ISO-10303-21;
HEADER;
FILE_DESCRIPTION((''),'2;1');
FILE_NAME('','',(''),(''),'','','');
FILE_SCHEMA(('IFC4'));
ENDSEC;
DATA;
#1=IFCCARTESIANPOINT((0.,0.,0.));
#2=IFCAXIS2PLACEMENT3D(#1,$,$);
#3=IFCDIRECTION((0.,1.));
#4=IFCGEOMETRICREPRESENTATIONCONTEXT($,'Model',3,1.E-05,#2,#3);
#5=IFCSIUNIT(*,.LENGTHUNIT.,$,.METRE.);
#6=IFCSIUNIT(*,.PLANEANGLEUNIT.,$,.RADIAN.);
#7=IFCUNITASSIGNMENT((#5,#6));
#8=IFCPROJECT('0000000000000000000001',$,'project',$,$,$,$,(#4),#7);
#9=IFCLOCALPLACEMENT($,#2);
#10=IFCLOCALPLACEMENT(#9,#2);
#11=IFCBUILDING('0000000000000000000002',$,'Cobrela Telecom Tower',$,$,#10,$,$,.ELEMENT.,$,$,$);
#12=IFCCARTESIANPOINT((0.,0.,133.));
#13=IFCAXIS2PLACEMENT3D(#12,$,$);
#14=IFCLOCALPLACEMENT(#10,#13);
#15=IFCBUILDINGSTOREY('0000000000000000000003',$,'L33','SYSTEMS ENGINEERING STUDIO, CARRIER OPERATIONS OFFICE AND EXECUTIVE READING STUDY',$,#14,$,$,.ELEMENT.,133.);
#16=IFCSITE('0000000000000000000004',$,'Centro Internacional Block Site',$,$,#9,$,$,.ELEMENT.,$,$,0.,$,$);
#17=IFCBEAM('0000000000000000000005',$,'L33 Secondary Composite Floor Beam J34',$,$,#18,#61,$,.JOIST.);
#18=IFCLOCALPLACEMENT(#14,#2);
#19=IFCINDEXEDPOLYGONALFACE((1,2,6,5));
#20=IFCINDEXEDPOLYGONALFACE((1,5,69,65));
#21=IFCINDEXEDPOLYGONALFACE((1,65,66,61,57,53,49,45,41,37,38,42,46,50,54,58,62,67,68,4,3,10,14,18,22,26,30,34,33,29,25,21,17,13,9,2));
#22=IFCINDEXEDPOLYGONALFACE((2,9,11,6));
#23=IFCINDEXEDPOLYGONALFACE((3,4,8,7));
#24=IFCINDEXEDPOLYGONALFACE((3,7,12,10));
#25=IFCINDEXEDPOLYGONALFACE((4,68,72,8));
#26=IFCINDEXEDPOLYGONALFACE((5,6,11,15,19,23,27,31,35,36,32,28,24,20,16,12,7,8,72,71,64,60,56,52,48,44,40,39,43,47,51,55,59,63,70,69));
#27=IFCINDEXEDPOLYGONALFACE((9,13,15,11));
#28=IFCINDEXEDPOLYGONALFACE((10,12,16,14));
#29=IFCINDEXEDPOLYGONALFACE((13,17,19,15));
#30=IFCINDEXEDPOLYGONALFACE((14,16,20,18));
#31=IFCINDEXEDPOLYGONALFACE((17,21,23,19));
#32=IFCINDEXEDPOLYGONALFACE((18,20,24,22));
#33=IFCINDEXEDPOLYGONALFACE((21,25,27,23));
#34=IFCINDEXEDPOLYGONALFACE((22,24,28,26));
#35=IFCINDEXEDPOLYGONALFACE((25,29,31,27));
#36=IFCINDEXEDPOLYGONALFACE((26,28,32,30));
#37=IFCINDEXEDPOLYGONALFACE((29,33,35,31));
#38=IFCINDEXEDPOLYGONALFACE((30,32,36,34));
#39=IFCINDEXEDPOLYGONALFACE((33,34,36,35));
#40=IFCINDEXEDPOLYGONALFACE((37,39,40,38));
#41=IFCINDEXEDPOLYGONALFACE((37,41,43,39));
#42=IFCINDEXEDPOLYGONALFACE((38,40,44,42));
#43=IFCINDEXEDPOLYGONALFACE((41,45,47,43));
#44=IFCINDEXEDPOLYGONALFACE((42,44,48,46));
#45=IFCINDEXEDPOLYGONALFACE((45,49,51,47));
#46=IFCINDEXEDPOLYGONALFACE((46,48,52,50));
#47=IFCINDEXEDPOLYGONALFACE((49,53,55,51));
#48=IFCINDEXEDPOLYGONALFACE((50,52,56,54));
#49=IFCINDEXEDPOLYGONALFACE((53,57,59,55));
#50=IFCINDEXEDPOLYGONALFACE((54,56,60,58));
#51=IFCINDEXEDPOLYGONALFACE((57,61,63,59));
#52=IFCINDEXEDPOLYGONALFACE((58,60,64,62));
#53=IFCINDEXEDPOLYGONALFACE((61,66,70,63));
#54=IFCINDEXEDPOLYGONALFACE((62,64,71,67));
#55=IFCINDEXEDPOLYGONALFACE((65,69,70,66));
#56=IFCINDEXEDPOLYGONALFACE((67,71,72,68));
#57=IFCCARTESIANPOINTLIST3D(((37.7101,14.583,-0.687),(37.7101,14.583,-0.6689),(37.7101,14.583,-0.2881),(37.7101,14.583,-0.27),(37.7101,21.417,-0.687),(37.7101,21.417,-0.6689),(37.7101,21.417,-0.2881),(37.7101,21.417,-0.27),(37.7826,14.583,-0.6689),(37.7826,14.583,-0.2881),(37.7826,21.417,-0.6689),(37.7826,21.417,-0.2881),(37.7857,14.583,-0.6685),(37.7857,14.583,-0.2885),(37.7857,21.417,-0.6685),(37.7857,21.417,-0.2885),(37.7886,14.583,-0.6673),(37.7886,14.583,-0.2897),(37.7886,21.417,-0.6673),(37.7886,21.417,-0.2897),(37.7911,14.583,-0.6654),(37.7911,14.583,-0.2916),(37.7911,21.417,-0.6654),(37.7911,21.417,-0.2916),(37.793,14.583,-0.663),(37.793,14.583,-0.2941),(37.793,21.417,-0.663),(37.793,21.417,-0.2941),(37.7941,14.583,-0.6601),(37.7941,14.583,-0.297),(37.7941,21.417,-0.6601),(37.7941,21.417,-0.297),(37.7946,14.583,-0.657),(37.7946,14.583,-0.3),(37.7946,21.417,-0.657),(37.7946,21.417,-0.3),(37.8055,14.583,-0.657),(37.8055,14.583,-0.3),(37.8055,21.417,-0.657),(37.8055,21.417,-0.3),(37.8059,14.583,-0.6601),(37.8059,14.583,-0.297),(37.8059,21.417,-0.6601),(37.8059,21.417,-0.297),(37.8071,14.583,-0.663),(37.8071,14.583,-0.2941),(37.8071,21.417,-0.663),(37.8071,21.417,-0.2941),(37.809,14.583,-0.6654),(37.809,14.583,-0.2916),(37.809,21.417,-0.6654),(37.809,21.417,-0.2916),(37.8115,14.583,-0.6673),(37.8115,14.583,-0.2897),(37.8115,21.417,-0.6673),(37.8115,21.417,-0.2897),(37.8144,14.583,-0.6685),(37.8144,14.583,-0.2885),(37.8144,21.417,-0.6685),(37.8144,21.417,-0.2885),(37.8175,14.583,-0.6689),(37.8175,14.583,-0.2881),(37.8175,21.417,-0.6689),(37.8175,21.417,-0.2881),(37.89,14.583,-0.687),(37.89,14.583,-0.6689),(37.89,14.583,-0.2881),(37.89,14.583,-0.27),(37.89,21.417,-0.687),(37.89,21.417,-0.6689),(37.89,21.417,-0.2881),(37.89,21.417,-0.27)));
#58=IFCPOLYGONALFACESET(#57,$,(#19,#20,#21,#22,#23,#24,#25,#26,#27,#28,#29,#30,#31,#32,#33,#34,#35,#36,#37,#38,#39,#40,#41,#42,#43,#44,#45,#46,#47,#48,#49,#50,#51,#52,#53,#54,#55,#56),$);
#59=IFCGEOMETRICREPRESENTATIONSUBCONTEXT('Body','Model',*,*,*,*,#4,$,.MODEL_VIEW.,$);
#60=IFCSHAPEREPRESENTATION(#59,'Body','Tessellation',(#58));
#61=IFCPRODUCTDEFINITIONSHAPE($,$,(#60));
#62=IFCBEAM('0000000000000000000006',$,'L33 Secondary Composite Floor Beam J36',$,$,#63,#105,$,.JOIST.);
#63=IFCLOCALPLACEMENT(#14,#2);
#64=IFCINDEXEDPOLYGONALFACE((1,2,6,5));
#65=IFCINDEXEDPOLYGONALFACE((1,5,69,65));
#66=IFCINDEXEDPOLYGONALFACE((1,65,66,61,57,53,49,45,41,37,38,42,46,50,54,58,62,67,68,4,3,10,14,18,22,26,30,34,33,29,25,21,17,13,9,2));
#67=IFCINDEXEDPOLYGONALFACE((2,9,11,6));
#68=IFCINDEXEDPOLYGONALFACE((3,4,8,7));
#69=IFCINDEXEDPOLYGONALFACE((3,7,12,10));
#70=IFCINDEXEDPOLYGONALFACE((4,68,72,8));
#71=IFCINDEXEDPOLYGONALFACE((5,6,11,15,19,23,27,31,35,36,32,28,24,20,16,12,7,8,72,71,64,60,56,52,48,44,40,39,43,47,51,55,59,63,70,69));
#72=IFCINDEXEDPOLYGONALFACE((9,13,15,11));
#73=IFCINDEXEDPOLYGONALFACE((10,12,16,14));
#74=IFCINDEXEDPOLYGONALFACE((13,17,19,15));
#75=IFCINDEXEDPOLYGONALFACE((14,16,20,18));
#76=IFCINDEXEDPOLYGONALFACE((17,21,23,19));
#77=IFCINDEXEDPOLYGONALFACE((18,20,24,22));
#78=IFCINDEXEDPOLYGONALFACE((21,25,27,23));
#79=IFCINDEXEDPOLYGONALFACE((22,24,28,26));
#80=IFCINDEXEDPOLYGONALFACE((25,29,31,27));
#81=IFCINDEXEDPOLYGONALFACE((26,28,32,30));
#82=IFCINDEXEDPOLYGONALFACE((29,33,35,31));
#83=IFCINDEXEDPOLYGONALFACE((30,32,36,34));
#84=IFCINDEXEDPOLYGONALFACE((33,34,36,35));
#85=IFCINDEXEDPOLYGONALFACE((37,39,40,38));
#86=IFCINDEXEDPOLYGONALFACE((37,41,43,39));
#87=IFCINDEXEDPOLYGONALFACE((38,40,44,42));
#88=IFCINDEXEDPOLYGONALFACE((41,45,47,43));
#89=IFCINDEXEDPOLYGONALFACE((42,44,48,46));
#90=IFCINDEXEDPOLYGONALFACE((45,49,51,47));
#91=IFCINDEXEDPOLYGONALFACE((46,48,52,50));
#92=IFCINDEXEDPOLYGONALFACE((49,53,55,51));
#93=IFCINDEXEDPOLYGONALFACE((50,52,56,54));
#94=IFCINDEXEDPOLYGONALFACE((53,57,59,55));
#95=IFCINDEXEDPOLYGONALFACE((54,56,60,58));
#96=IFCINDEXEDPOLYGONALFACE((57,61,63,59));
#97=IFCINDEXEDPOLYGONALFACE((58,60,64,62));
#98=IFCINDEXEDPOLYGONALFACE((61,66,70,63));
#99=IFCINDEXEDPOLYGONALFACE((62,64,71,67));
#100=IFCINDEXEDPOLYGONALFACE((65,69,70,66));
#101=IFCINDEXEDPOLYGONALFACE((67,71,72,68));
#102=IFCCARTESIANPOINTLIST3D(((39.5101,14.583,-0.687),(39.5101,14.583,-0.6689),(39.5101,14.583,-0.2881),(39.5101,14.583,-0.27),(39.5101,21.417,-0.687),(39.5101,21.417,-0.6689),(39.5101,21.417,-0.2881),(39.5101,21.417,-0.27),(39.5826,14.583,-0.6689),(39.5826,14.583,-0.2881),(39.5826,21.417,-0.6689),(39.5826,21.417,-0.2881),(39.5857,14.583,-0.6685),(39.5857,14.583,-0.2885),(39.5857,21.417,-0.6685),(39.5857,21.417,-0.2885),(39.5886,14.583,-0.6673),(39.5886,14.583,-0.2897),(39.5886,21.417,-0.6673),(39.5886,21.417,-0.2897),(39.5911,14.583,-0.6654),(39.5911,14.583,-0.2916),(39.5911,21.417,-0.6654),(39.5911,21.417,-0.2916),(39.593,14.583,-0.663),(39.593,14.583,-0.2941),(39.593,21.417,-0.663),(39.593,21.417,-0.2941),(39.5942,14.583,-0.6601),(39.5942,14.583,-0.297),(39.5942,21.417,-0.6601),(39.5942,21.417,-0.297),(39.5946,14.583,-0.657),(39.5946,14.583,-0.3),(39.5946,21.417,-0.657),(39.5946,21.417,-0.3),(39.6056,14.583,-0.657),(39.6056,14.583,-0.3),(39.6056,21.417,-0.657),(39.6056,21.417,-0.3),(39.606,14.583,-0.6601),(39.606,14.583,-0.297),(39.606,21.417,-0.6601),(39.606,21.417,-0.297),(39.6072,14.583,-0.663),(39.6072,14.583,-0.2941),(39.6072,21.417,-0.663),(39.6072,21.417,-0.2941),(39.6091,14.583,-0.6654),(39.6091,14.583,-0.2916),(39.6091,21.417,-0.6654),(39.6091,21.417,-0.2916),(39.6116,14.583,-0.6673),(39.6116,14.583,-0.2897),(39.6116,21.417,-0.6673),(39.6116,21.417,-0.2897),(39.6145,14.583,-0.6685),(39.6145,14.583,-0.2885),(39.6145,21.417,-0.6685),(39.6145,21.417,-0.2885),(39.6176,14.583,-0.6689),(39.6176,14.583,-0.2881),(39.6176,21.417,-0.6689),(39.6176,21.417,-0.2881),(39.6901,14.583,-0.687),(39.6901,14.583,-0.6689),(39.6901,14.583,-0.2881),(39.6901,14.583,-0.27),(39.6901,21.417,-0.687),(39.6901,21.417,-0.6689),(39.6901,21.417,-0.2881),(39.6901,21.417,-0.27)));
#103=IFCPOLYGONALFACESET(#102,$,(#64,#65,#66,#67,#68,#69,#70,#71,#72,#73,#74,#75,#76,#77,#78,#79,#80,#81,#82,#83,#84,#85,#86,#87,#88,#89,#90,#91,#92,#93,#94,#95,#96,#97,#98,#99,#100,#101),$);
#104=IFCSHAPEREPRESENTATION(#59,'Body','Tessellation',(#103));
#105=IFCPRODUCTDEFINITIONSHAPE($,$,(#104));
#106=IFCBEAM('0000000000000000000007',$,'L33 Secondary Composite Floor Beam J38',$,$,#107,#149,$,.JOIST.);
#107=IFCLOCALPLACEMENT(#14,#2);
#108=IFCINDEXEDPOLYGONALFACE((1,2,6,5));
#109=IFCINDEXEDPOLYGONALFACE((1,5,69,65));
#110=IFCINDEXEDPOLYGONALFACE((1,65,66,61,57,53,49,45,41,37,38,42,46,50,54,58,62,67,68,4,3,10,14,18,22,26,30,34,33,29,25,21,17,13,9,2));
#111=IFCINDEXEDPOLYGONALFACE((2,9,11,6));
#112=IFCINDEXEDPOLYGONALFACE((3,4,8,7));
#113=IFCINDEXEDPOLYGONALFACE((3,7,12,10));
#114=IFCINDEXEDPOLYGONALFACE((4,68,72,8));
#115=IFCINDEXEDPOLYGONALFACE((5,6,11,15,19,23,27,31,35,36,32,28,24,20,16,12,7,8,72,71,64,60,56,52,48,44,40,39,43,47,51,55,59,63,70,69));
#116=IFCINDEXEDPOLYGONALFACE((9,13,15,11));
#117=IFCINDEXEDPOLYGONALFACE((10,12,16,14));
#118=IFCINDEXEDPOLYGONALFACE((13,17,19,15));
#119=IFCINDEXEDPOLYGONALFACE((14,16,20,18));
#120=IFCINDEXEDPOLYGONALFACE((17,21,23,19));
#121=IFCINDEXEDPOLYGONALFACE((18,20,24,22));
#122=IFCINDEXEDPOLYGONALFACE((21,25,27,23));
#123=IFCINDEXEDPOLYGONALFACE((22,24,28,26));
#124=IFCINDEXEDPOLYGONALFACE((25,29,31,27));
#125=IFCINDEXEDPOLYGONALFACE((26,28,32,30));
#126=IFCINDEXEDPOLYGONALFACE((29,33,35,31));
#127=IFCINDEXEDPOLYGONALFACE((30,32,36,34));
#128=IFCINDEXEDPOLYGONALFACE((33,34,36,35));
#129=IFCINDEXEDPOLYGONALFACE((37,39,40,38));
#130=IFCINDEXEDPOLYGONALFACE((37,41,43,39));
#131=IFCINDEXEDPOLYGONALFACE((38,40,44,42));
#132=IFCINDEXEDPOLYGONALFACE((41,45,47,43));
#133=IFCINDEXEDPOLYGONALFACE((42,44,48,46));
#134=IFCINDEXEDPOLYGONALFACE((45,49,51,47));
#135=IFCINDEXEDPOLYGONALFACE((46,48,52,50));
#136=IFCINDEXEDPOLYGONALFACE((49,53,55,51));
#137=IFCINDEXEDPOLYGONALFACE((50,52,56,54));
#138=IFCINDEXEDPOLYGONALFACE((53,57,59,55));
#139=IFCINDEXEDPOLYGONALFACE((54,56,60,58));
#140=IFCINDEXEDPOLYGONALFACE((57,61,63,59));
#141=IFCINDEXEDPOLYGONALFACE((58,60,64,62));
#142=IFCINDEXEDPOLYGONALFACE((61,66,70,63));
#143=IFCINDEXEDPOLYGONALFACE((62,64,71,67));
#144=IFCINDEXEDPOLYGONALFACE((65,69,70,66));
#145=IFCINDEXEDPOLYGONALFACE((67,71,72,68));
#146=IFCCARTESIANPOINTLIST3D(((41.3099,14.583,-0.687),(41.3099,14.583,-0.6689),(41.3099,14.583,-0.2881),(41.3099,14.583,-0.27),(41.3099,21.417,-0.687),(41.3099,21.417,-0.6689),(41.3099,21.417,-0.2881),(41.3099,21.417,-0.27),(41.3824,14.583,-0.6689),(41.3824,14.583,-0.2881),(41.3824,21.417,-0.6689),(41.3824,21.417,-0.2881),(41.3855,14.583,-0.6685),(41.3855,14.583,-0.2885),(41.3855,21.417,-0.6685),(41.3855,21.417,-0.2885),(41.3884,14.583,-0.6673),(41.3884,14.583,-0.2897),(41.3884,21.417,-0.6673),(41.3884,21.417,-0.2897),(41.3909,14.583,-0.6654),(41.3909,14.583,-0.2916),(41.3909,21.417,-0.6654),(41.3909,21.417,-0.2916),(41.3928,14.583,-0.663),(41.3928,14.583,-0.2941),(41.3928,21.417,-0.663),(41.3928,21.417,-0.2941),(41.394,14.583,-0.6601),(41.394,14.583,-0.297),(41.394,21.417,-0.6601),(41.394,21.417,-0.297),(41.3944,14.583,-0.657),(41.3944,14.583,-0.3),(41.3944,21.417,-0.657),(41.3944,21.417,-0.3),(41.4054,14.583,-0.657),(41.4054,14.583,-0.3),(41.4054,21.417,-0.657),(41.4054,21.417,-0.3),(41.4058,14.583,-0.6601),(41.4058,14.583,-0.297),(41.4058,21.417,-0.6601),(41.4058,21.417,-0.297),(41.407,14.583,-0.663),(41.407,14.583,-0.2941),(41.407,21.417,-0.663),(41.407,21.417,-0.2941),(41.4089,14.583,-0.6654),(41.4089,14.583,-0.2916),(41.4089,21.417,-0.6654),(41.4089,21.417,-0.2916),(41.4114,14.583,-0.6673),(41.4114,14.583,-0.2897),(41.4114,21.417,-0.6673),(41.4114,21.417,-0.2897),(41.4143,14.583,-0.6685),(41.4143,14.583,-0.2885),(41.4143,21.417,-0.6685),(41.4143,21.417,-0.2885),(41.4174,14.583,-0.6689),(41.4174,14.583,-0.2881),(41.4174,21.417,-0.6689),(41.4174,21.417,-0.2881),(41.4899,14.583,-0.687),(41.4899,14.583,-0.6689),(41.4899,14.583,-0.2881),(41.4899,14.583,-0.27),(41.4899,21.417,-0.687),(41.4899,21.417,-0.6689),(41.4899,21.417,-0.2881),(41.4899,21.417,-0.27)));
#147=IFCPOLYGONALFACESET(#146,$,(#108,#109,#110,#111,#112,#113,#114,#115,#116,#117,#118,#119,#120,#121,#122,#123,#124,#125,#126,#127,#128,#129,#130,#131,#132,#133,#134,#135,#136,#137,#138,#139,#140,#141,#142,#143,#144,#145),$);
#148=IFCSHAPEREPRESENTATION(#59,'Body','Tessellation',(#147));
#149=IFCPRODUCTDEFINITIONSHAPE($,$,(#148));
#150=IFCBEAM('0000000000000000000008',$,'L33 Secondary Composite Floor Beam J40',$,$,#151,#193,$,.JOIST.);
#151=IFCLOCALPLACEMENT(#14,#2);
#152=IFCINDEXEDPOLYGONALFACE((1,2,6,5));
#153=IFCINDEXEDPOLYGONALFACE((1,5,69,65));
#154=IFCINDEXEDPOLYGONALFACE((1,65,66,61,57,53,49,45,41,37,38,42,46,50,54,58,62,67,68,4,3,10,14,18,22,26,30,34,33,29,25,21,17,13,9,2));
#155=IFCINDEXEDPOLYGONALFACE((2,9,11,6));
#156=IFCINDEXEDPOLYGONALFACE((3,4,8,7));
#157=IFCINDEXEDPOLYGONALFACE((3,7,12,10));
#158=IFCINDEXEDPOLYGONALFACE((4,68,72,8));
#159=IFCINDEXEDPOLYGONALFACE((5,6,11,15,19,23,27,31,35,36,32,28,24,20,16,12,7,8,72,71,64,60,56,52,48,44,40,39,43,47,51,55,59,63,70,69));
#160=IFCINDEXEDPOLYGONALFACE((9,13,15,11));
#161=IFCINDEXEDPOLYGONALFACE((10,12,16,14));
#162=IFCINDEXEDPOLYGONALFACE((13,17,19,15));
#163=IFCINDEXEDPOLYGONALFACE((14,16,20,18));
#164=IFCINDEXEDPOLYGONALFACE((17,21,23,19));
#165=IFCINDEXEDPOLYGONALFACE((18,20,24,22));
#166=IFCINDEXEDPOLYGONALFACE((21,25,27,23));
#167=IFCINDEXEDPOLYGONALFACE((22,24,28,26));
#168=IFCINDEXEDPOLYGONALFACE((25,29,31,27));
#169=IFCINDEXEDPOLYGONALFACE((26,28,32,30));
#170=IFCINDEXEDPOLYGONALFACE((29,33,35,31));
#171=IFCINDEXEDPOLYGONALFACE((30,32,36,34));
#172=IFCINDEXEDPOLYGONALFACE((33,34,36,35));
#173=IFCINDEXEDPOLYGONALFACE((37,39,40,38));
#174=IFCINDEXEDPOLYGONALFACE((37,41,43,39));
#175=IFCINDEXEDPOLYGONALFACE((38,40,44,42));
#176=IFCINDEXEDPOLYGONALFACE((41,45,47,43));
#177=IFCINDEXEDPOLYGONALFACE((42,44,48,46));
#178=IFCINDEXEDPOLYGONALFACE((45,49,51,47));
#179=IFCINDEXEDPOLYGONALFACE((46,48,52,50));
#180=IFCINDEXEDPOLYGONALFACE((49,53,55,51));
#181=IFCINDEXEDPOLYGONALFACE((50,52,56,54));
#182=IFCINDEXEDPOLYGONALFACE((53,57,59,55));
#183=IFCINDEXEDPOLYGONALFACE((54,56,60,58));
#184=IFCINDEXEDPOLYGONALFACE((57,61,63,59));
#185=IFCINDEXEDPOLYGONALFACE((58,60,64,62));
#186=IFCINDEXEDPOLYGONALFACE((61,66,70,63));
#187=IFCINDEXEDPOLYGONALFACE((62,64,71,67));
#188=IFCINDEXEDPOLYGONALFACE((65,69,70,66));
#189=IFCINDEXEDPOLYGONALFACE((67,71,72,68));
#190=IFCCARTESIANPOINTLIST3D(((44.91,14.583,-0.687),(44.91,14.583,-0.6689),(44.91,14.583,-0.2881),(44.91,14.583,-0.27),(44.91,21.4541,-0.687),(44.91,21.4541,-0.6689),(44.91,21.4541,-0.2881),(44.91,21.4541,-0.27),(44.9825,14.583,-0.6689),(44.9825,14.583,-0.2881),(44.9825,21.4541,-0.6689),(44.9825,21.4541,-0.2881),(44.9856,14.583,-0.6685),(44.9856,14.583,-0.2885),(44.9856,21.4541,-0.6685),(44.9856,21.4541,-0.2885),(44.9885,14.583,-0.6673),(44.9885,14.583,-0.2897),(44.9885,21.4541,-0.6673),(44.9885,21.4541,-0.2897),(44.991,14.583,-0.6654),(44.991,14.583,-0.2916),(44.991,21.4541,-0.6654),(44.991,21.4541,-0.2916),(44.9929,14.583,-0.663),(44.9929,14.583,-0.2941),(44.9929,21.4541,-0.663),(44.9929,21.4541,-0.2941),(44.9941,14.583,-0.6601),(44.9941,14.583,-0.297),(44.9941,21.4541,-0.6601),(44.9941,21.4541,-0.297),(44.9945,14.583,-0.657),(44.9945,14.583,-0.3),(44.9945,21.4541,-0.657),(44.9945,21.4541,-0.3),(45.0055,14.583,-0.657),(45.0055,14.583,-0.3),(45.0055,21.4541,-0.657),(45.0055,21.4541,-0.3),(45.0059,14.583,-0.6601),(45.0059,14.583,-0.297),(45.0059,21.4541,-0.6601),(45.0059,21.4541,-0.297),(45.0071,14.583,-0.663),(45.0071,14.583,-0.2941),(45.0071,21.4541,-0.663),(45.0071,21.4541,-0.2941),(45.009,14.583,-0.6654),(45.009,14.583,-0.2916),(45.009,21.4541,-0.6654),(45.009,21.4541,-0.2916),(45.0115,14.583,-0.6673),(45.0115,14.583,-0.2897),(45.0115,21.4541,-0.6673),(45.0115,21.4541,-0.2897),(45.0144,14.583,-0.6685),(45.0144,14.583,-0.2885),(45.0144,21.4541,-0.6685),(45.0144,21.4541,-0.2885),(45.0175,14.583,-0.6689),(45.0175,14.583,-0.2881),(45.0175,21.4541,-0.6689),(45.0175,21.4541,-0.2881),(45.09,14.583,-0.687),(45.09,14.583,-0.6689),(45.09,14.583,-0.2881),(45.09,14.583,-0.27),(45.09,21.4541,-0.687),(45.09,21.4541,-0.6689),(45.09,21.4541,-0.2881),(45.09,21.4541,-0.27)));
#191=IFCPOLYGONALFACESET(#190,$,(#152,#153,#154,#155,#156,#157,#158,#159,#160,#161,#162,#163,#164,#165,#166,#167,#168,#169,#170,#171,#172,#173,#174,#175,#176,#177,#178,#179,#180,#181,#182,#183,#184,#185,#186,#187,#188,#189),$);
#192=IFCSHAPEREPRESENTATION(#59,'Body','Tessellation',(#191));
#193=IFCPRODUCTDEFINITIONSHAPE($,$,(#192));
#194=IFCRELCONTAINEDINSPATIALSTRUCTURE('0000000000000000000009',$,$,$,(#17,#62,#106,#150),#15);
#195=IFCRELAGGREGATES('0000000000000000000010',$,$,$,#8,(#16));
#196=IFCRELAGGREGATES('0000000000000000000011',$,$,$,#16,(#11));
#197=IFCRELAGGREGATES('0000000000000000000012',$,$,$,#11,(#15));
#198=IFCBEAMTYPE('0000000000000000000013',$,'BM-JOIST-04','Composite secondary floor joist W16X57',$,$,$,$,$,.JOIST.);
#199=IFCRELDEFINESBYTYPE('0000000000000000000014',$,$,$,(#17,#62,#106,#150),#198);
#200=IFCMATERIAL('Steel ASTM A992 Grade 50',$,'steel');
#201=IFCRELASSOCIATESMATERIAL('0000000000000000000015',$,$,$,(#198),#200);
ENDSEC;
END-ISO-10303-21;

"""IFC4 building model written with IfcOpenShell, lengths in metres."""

from ifc_helpers import new_model, si_unit, direction, frame, origin, origin_2d, place, context, subcontext, project, spatial, i_section, extrude, material, material_profile, profile_set, type_object, element, save


model = new_model("IFC4")

# Units and contexts
model_context = context("Model", 3, precision=1e-05, world=origin(), true_north=direction((0.0, 1.0)))
body_context = subcontext(model_context, "Body", "Model", "MODEL_VIEW")
ifc_project = project(units=[si_unit("LENGTHUNIT", "METRE"), si_unit("PLANEANGLEUNIT", "RADIAN")], contexts=[model_context])

# Site, building, storey
site_placement = place(None, origin())
site = spatial("IfcSite", under=ifc_project, at=site_placement, Name="Centro Internacional Block Site", CompositionType="ELEMENT", RefElevation=0.0)
building_placement = place(site_placement, origin())
building = spatial("IfcBuilding", under=site, at=building_placement, Name="Cobrela Telecom Tower", CompositionType="ELEMENT")
storey_placement = place(building_placement, frame((0.0, 0.0, 133.0)))
storey = spatial("IfcBuildingStorey", under=building, at=storey_placement, Name="L33", Description="SYSTEMS ENGINEERING STUDIO, CARRIER OPERATIONS OFFICE AND EXECUTIVE READING STUDY", CompositionType="ELEMENT", Elevation=133.0)

# Shared definitions
ifc_material_1 = material(Name="Steel ASTM A992 Grade 50", Category="steel")

# Beams
ifc_material_profile_1 = material_profile(ifc_material_1, i_section(OverallWidth=0.1799, OverallDepth=0.417, WebThickness=0.011, FlangeThickness=0.0181, FilletRadius=0.012, at=origin_2d()), Name="W16X57")
ifc_profile_set_1 = profile_set([ifc_material_profile_1], Name="Steel ASTM A992 Grade 50")
beam_type_1 = type_object("IfcBeamType", Name="BM-JOIST-04", Description="Composite secondary floor joist W16X57", PredefinedType="JOIST", material=ifc_profile_set_1)
for number, where, z_axis, x_axis, name in (
    (1, (37.8, 14.583, -0.4785), (0.0, 1.0, 0.0), (-1.0, 0.0, 0.0), "L33 Secondary Composite Floor Beam J34"),
    (2, (39.6001, 14.583, -0.4785), (0.0, 1.0, 0.0), (-1.0, 0.0, 0.0), "L33 Secondary Composite Floor Beam J36"),
    (3, (41.3999, 14.583, -0.4785), (0.0, 1.0, 0.0), (-1.0, 0.0, 0.0), "L33 Secondary Composite Floor Beam J38"),
):
    element("IfcBeam", number, at=place(storey_placement, frame(where, z_axis=z_axis, x_axis=x_axis)), inside=storey, type_object=beam_type_1, Name=name, PredefinedType="JOIST", context=body_context, shape_type="SweptSolid", body=[
        extrude(i_section(OverallWidth=0.1799, OverallDepth=0.417, WebThickness=0.011, FlangeThickness=0.0181, FilletRadius=0.012, at=origin_2d()), origin(), (0.0, 0.0, 1.0), 6.834),
    ])
beam_1_placement = place(storey_placement, frame((45.0, 14.583, -0.4785), z_axis=(0.0, 1.0, 0.0), x_axis=(-1.0, 0.0, 0.0)))
element("IfcBeam", 4, at=beam_1_placement, inside=storey, type_object=beam_type_1, Name="L33 Secondary Composite Floor Beam J40", PredefinedType="JOIST", context=body_context, shape_type="SweptSolid", body=[
    extrude(i_section(OverallWidth=0.1799, OverallDepth=0.417, WebThickness=0.011, FlangeThickness=0.0181, FilletRadius=0.012, at=origin_2d()), origin(), (0.0, 0.0, 1.0), 6.8711),
])

save(model, "model.ifc")
